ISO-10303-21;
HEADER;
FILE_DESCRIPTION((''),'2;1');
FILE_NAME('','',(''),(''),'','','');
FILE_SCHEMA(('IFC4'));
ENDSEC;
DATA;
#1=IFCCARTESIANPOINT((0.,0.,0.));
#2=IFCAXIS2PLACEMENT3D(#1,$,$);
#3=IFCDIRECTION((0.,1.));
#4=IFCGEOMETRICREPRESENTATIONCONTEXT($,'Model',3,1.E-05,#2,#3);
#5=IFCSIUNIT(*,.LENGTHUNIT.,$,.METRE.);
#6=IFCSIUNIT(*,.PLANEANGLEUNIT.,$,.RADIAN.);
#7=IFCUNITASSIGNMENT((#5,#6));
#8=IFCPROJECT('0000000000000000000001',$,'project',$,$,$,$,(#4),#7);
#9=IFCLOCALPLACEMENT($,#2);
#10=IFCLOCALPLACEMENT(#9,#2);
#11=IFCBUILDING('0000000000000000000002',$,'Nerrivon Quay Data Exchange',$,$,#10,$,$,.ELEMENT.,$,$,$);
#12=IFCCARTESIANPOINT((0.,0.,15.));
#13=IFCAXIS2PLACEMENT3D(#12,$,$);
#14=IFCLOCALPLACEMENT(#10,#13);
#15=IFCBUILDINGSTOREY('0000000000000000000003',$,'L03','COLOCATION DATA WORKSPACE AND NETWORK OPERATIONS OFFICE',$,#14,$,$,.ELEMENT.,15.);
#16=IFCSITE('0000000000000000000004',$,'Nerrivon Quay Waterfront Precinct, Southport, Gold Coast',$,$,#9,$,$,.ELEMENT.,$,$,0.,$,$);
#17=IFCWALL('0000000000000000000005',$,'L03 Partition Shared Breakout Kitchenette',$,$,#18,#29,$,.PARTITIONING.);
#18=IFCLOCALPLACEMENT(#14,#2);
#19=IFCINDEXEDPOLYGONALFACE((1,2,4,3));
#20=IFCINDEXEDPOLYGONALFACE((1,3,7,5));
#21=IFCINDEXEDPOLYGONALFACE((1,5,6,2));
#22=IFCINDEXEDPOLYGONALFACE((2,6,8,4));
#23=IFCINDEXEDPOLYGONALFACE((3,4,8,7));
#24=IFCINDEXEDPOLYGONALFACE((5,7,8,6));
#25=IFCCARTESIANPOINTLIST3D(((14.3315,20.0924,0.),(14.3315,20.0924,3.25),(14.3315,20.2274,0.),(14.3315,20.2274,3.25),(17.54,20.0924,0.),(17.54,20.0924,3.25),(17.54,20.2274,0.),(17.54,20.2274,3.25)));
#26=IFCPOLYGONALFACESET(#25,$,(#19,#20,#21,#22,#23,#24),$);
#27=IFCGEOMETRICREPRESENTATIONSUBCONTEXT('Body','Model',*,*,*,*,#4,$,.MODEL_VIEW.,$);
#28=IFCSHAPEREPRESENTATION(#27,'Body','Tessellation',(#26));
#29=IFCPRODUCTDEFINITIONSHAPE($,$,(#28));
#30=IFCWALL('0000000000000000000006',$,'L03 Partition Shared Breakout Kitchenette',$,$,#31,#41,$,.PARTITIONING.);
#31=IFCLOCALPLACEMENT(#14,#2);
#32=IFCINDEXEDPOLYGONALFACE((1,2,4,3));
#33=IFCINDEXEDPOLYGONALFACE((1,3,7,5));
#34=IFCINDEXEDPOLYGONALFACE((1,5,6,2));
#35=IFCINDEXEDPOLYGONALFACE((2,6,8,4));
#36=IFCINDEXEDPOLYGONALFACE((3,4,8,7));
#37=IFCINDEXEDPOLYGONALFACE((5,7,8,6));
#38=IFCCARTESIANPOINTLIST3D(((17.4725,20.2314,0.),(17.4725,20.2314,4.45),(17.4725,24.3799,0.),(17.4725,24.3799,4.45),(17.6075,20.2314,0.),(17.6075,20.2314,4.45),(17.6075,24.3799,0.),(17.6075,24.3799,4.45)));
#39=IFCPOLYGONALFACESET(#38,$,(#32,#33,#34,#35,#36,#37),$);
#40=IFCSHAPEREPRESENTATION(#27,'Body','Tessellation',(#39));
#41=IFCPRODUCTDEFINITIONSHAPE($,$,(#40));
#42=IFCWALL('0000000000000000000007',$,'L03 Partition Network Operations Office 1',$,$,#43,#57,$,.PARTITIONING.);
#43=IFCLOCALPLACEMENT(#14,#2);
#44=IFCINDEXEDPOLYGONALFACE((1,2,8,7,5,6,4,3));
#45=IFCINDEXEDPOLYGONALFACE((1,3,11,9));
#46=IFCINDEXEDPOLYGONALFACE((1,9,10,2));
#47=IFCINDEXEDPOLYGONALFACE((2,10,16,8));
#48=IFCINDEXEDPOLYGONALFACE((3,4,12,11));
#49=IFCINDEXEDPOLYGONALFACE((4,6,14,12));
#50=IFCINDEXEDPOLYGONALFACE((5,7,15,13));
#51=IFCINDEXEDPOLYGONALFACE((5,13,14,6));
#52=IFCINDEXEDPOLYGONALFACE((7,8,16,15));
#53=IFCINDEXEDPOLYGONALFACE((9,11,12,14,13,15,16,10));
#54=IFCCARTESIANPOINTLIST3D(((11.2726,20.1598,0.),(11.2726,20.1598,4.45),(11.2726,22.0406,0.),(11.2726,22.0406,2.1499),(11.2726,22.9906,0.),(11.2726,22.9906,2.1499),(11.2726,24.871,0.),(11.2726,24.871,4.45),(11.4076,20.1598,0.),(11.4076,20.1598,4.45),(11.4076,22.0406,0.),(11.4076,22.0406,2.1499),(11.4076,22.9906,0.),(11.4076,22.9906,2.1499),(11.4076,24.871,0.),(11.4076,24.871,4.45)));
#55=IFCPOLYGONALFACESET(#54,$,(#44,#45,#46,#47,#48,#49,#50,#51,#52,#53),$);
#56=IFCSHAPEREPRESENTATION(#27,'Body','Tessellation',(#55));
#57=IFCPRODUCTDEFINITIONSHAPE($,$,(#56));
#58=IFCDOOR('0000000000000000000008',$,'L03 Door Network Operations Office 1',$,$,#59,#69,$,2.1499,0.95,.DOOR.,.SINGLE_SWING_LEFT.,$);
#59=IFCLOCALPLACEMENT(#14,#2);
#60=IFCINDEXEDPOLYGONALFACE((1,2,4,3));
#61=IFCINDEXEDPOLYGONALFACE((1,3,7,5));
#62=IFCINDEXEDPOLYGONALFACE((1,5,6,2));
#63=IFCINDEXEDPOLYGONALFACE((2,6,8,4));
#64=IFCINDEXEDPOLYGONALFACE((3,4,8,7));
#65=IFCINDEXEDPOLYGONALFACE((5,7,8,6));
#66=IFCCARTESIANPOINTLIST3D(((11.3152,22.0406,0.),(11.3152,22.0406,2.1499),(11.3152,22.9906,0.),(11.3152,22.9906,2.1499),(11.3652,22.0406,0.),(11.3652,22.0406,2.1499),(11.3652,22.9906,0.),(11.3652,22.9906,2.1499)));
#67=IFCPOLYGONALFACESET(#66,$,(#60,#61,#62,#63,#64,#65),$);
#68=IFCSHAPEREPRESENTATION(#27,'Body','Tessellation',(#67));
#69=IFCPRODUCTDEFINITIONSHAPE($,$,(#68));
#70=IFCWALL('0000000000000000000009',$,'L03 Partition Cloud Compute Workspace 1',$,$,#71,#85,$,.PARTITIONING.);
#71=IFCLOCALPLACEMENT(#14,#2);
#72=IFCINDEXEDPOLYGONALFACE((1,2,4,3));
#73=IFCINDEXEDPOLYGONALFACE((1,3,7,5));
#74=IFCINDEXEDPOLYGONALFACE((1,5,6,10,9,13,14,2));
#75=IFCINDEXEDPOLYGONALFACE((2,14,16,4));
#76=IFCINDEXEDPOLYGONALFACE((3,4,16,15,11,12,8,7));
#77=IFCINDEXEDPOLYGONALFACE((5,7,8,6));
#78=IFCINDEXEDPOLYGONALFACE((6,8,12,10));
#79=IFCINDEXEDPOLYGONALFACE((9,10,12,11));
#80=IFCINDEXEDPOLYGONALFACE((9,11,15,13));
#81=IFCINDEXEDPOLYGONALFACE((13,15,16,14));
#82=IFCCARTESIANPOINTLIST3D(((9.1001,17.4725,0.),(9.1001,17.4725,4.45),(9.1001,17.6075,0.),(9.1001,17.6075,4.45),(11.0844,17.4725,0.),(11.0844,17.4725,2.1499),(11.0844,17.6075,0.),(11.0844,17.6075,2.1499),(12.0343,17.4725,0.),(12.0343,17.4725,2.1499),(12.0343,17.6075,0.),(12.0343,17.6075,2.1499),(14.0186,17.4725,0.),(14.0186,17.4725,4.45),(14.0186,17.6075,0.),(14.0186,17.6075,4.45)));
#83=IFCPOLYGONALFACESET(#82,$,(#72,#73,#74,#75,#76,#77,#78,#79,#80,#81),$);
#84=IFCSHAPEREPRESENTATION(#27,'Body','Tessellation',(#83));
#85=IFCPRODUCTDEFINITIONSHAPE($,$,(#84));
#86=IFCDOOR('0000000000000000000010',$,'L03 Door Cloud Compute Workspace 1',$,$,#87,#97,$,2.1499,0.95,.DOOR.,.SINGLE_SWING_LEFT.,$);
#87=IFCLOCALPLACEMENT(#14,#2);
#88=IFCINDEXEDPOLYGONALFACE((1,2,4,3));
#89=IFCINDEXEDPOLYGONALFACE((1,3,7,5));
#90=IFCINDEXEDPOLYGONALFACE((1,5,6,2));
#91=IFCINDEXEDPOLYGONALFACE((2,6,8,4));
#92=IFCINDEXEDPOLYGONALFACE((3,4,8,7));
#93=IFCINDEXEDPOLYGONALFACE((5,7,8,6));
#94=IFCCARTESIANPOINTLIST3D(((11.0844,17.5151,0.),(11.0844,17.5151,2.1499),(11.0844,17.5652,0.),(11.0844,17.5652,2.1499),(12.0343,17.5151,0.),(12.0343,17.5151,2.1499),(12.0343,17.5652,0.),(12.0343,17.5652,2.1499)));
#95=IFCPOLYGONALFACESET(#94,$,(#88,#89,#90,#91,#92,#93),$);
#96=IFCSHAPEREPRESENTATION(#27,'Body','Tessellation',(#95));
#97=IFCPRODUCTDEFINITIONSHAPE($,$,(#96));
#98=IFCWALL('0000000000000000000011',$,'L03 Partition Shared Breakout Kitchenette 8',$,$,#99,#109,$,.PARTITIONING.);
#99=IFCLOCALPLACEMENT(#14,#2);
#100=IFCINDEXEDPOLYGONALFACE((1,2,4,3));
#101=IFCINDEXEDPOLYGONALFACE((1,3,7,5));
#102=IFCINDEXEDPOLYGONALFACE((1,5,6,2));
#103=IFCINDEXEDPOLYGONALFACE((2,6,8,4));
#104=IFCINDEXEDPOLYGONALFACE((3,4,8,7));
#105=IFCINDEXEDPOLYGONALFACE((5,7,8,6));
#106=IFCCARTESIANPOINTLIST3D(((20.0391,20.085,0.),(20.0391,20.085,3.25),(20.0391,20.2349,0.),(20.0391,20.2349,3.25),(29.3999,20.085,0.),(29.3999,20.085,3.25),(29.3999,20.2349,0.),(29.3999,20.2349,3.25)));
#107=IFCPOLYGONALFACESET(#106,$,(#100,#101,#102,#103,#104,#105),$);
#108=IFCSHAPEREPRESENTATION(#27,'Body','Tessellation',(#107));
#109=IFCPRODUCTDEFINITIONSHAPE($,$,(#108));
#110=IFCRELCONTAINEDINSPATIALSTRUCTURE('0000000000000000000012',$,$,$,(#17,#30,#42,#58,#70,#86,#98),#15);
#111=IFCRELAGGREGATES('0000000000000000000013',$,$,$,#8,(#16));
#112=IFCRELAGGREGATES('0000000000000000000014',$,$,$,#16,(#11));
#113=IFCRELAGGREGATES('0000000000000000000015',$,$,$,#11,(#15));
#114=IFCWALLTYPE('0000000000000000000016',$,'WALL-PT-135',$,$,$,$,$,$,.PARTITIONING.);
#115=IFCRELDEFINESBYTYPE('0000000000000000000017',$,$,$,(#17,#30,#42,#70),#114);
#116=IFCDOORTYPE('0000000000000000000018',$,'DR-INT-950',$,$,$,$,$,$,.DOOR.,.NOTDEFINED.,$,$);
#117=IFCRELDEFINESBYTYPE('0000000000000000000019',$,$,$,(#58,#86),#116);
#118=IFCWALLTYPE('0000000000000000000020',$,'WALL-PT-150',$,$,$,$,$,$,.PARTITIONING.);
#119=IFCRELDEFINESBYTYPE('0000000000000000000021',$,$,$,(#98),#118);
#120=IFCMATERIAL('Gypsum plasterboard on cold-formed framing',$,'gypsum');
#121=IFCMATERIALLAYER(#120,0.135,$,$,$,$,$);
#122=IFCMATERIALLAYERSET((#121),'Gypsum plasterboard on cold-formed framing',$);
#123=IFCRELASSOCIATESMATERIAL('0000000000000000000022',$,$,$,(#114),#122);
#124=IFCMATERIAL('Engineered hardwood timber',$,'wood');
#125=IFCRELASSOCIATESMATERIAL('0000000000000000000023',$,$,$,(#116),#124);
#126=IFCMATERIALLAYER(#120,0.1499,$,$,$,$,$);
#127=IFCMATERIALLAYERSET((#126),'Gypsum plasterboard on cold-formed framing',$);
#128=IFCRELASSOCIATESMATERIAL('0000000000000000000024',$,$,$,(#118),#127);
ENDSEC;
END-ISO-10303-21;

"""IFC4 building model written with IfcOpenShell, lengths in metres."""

from ifc_helpers import new_model, si_unit, direction, frame, frame_2d, origin, place, context, subcontext, project, spatial, rectangle, extrude, material, layer, layer_set, type_object, element, fill, save


model = new_model("IFC4")

# Units and contexts
model_context = context("Model", 3, precision=1e-05, world=origin(), true_north=direction((0.0, 1.0)))
body_context = subcontext(model_context, "Body", "Model", "MODEL_VIEW")
ifc_project = project(units=[si_unit("LENGTHUNIT", "METRE"), si_unit("PLANEANGLEUNIT", "RADIAN")], contexts=[model_context])

# Site, building, storey
site_placement = place(None, origin())
site = spatial("IfcSite", under=ifc_project, at=site_placement, Name="Nerrivon Quay Waterfront Precinct, Southport, Gold Coast", CompositionType="ELEMENT", RefElevation=0.0)
building_placement = place(site_placement, origin())
building = spatial("IfcBuilding", under=site, at=building_placement, Name="Nerrivon Quay Data Exchange", CompositionType="ELEMENT")
storey_placement = place(building_placement, frame((0.0, 0.0, 15.0)))
storey = spatial("IfcBuildingStorey", under=building, at=storey_placement, Name="L03", Description="COLOCATION DATA WORKSPACE AND NETWORK OPERATIONS OFFICE", CompositionType="ELEMENT", Elevation=15.0)

# Walls
ifc_material_1 = material(Name="Gypsum plasterboard on cold-formed framing", Category="gypsum")
ifc_layer_1 = layer(ifc_material_1, 0.135)
ifc_layer_set_1 = layer_set([ifc_layer_1], Name="Gypsum plasterboard on cold-formed framing")
wall_type_1 = type_object("IfcWallType", Name="WALL-PT-135", PredefinedType="PARTITIONING", material=ifc_layer_set_1)
wall_1_placement = place(storey_placement, frame((14.3315, 20.1599, 0.0), z_axis=(0.0, 0.0, 1.0), x_axis=(1.0, 0.0, 0.0)))
element("IfcWall", 1, at=wall_1_placement, inside=storey, type_object=wall_type_1, Name="L03 Partition Shared Breakout Kitchenette", PredefinedType="PARTITIONING", context=body_context, shape_type="SweptSolid", body=[
    extrude(rectangle(XDim=3.2085, YDim=0.135, at=frame_2d((1.6042, 0.0))), origin(), (0.0, 0.0, 1.0), 3.25),
])
wall_2_placement = place(storey_placement, frame((17.54, 20.2314, 0.0), z_axis=(0.0, 0.0, 1.0), x_axis=(0.0, 1.0, 0.0)))
element("IfcWall", 2, at=wall_2_placement, inside=storey, type_object=wall_type_1, Name="L03 Partition Shared Breakout Kitchenette", PredefinedType="PARTITIONING", context=body_context, shape_type="SweptSolid", body=[
    extrude(rectangle(XDim=4.1484, YDim=0.135, at=frame_2d((2.0742, 0.0))), origin(), (0.0, 0.0, 1.0), 4.45),
])

# Walls, openings, doors
wall_3_placement = place(storey_placement, frame((11.3401, 20.1599, 0.0), z_axis=(0.0, 0.0, 1.0), x_axis=(0.0, 1.0, 0.0)))
wall_3 = element("IfcWall", 3, at=wall_3_placement, inside=storey, type_object=wall_type_1, Name="L03 Partition Network Operations Office 1", PredefinedType="PARTITIONING", context=body_context, shape_type="SweptSolid", body=[
    extrude(rectangle(XDim=4.7112, YDim=0.135, at=frame_2d((2.3555, 0.0))), origin(), (0.0, 0.0, 1.0), 4.45),
])
opening_1_placement = place(wall_3_placement, frame((1.8806, 0.0, 0.0)))
opening_1 = element("IfcOpeningElement", 4, at=opening_1_placement, cuts=wall_3, PredefinedType="OPENING", context=body_context, shape_type="SweptSolid", body=[
    extrude(rectangle(XDim=0.95, YDim=2.1499, at=frame_2d((0.4751, 1.075))), frame((0.0, 0.0774, 0.0), z_axis=(0.0, -1.0, 0.0), x_axis=(1.0, 0.0, 0.0)), (0.0, 0.0, 1.0), 0.155),
])
ifc_material_2 = material(Name="Engineered hardwood timber", Category="wood")
door_type = type_object("IfcDoorType", Name="DR-INT-950", OperationType="NOTDEFINED", PredefinedType="DOOR", material=ifc_material_2)
door_1_placement = place(opening_1_placement, origin())
door_1 = element("IfcDoor", 5, at=door_1_placement, inside=storey, type_object=door_type, Name="L03 Door Network Operations Office 1", OperationType="SINGLE_SWING_LEFT", OverallHeight=2.1499, OverallWidth=0.95, PredefinedType="DOOR", context=body_context, shape_type="SweptSolid", body=[
    extrude(rectangle(XDim=0.95, YDim=2.1499, at=frame_2d((0.4751, 1.075))), frame((0.0, 0.0249, 0.0), z_axis=(0.0, -1.0, 0.0), x_axis=(1.0, 0.0, 0.0)), (0.0, 0.0, 1.0), 0.05),
])
fill(opening_1, door_1)
wall_4_placement = place(storey_placement, frame((14.0186, 17.54, 0.0), z_axis=(0.0, 0.0, 1.0), x_axis=(-1.0, 0.0, 0.0)))
wall_4 = element("IfcWall", 6, at=wall_4_placement, inside=storey, type_object=wall_type_1, Name="L03 Partition Cloud Compute Workspace 1", PredefinedType="PARTITIONING", context=body_context, shape_type="SweptSolid", body=[
    extrude(rectangle(XDim=4.9185, YDim=0.135, at=frame_2d((2.4592, 0.0))), origin(), (0.0, 0.0, 1.0), 4.45),
])
opening_2_placement = place(wall_4_placement, frame((1.9841, 0.0, 0.0)))
opening_2 = element("IfcOpeningElement", 7, at=opening_2_placement, cuts=wall_4, PredefinedType="OPENING", context=body_context, shape_type="SweptSolid", body=[
    extrude(rectangle(XDim=0.95, YDim=2.1499, at=frame_2d((0.4751, 1.075))), frame((0.0, 0.0774, 0.0), z_axis=(0.0, -1.0, 0.0), x_axis=(1.0, 0.0, 0.0)), (0.0, 0.0, 1.0), 0.155),
])
door_2_placement = place(opening_2_placement, origin())
door_2 = element("IfcDoor", 8, at=door_2_placement, inside=storey, type_object=door_type, Name="L03 Door Cloud Compute Workspace 1", OperationType="SINGLE_SWING_LEFT", OverallHeight=2.1499, OverallWidth=0.95, PredefinedType="DOOR", context=body_context, shape_type="SweptSolid", body=[
    extrude(rectangle(XDim=0.95, YDim=2.1499, at=frame_2d((0.4751, 1.075))), frame((0.0, 0.0249, 0.0), z_axis=(0.0, -1.0, 0.0), x_axis=(1.0, 0.0, 0.0)), (0.0, 0.0, 1.0), 0.05),
])
fill(opening_2, door_2)

# Wall
ifc_layer_2 = layer(ifc_material_1, 0.1499)
ifc_layer_set_2 = layer_set([ifc_layer_2], Name="Gypsum plasterboard on cold-formed framing")
wall_type_2 = type_object("IfcWallType", Name="WALL-PT-150", PredefinedType="PARTITIONING", material=ifc_layer_set_2)
wall_5_placement = place(storey_placement, frame((20.0391, 20.1599, 0.0), z_axis=(0.0, 0.0, 1.0), x_axis=(1.0, 0.0, 0.0)))
element("IfcWall", 9, at=wall_5_placement, inside=storey, type_object=wall_type_2, Name="L03 Partition Shared Breakout Kitchenette 8", PredefinedType="PARTITIONING", context=body_context, shape_type="SweptSolid", body=[
    extrude(rectangle(XDim=9.3608, YDim=0.1499, at=frame_2d((4.6804, 0.0))), origin(), (0.0, 0.0, 1.0), 3.25),
])

save(model, "model.ifc")
